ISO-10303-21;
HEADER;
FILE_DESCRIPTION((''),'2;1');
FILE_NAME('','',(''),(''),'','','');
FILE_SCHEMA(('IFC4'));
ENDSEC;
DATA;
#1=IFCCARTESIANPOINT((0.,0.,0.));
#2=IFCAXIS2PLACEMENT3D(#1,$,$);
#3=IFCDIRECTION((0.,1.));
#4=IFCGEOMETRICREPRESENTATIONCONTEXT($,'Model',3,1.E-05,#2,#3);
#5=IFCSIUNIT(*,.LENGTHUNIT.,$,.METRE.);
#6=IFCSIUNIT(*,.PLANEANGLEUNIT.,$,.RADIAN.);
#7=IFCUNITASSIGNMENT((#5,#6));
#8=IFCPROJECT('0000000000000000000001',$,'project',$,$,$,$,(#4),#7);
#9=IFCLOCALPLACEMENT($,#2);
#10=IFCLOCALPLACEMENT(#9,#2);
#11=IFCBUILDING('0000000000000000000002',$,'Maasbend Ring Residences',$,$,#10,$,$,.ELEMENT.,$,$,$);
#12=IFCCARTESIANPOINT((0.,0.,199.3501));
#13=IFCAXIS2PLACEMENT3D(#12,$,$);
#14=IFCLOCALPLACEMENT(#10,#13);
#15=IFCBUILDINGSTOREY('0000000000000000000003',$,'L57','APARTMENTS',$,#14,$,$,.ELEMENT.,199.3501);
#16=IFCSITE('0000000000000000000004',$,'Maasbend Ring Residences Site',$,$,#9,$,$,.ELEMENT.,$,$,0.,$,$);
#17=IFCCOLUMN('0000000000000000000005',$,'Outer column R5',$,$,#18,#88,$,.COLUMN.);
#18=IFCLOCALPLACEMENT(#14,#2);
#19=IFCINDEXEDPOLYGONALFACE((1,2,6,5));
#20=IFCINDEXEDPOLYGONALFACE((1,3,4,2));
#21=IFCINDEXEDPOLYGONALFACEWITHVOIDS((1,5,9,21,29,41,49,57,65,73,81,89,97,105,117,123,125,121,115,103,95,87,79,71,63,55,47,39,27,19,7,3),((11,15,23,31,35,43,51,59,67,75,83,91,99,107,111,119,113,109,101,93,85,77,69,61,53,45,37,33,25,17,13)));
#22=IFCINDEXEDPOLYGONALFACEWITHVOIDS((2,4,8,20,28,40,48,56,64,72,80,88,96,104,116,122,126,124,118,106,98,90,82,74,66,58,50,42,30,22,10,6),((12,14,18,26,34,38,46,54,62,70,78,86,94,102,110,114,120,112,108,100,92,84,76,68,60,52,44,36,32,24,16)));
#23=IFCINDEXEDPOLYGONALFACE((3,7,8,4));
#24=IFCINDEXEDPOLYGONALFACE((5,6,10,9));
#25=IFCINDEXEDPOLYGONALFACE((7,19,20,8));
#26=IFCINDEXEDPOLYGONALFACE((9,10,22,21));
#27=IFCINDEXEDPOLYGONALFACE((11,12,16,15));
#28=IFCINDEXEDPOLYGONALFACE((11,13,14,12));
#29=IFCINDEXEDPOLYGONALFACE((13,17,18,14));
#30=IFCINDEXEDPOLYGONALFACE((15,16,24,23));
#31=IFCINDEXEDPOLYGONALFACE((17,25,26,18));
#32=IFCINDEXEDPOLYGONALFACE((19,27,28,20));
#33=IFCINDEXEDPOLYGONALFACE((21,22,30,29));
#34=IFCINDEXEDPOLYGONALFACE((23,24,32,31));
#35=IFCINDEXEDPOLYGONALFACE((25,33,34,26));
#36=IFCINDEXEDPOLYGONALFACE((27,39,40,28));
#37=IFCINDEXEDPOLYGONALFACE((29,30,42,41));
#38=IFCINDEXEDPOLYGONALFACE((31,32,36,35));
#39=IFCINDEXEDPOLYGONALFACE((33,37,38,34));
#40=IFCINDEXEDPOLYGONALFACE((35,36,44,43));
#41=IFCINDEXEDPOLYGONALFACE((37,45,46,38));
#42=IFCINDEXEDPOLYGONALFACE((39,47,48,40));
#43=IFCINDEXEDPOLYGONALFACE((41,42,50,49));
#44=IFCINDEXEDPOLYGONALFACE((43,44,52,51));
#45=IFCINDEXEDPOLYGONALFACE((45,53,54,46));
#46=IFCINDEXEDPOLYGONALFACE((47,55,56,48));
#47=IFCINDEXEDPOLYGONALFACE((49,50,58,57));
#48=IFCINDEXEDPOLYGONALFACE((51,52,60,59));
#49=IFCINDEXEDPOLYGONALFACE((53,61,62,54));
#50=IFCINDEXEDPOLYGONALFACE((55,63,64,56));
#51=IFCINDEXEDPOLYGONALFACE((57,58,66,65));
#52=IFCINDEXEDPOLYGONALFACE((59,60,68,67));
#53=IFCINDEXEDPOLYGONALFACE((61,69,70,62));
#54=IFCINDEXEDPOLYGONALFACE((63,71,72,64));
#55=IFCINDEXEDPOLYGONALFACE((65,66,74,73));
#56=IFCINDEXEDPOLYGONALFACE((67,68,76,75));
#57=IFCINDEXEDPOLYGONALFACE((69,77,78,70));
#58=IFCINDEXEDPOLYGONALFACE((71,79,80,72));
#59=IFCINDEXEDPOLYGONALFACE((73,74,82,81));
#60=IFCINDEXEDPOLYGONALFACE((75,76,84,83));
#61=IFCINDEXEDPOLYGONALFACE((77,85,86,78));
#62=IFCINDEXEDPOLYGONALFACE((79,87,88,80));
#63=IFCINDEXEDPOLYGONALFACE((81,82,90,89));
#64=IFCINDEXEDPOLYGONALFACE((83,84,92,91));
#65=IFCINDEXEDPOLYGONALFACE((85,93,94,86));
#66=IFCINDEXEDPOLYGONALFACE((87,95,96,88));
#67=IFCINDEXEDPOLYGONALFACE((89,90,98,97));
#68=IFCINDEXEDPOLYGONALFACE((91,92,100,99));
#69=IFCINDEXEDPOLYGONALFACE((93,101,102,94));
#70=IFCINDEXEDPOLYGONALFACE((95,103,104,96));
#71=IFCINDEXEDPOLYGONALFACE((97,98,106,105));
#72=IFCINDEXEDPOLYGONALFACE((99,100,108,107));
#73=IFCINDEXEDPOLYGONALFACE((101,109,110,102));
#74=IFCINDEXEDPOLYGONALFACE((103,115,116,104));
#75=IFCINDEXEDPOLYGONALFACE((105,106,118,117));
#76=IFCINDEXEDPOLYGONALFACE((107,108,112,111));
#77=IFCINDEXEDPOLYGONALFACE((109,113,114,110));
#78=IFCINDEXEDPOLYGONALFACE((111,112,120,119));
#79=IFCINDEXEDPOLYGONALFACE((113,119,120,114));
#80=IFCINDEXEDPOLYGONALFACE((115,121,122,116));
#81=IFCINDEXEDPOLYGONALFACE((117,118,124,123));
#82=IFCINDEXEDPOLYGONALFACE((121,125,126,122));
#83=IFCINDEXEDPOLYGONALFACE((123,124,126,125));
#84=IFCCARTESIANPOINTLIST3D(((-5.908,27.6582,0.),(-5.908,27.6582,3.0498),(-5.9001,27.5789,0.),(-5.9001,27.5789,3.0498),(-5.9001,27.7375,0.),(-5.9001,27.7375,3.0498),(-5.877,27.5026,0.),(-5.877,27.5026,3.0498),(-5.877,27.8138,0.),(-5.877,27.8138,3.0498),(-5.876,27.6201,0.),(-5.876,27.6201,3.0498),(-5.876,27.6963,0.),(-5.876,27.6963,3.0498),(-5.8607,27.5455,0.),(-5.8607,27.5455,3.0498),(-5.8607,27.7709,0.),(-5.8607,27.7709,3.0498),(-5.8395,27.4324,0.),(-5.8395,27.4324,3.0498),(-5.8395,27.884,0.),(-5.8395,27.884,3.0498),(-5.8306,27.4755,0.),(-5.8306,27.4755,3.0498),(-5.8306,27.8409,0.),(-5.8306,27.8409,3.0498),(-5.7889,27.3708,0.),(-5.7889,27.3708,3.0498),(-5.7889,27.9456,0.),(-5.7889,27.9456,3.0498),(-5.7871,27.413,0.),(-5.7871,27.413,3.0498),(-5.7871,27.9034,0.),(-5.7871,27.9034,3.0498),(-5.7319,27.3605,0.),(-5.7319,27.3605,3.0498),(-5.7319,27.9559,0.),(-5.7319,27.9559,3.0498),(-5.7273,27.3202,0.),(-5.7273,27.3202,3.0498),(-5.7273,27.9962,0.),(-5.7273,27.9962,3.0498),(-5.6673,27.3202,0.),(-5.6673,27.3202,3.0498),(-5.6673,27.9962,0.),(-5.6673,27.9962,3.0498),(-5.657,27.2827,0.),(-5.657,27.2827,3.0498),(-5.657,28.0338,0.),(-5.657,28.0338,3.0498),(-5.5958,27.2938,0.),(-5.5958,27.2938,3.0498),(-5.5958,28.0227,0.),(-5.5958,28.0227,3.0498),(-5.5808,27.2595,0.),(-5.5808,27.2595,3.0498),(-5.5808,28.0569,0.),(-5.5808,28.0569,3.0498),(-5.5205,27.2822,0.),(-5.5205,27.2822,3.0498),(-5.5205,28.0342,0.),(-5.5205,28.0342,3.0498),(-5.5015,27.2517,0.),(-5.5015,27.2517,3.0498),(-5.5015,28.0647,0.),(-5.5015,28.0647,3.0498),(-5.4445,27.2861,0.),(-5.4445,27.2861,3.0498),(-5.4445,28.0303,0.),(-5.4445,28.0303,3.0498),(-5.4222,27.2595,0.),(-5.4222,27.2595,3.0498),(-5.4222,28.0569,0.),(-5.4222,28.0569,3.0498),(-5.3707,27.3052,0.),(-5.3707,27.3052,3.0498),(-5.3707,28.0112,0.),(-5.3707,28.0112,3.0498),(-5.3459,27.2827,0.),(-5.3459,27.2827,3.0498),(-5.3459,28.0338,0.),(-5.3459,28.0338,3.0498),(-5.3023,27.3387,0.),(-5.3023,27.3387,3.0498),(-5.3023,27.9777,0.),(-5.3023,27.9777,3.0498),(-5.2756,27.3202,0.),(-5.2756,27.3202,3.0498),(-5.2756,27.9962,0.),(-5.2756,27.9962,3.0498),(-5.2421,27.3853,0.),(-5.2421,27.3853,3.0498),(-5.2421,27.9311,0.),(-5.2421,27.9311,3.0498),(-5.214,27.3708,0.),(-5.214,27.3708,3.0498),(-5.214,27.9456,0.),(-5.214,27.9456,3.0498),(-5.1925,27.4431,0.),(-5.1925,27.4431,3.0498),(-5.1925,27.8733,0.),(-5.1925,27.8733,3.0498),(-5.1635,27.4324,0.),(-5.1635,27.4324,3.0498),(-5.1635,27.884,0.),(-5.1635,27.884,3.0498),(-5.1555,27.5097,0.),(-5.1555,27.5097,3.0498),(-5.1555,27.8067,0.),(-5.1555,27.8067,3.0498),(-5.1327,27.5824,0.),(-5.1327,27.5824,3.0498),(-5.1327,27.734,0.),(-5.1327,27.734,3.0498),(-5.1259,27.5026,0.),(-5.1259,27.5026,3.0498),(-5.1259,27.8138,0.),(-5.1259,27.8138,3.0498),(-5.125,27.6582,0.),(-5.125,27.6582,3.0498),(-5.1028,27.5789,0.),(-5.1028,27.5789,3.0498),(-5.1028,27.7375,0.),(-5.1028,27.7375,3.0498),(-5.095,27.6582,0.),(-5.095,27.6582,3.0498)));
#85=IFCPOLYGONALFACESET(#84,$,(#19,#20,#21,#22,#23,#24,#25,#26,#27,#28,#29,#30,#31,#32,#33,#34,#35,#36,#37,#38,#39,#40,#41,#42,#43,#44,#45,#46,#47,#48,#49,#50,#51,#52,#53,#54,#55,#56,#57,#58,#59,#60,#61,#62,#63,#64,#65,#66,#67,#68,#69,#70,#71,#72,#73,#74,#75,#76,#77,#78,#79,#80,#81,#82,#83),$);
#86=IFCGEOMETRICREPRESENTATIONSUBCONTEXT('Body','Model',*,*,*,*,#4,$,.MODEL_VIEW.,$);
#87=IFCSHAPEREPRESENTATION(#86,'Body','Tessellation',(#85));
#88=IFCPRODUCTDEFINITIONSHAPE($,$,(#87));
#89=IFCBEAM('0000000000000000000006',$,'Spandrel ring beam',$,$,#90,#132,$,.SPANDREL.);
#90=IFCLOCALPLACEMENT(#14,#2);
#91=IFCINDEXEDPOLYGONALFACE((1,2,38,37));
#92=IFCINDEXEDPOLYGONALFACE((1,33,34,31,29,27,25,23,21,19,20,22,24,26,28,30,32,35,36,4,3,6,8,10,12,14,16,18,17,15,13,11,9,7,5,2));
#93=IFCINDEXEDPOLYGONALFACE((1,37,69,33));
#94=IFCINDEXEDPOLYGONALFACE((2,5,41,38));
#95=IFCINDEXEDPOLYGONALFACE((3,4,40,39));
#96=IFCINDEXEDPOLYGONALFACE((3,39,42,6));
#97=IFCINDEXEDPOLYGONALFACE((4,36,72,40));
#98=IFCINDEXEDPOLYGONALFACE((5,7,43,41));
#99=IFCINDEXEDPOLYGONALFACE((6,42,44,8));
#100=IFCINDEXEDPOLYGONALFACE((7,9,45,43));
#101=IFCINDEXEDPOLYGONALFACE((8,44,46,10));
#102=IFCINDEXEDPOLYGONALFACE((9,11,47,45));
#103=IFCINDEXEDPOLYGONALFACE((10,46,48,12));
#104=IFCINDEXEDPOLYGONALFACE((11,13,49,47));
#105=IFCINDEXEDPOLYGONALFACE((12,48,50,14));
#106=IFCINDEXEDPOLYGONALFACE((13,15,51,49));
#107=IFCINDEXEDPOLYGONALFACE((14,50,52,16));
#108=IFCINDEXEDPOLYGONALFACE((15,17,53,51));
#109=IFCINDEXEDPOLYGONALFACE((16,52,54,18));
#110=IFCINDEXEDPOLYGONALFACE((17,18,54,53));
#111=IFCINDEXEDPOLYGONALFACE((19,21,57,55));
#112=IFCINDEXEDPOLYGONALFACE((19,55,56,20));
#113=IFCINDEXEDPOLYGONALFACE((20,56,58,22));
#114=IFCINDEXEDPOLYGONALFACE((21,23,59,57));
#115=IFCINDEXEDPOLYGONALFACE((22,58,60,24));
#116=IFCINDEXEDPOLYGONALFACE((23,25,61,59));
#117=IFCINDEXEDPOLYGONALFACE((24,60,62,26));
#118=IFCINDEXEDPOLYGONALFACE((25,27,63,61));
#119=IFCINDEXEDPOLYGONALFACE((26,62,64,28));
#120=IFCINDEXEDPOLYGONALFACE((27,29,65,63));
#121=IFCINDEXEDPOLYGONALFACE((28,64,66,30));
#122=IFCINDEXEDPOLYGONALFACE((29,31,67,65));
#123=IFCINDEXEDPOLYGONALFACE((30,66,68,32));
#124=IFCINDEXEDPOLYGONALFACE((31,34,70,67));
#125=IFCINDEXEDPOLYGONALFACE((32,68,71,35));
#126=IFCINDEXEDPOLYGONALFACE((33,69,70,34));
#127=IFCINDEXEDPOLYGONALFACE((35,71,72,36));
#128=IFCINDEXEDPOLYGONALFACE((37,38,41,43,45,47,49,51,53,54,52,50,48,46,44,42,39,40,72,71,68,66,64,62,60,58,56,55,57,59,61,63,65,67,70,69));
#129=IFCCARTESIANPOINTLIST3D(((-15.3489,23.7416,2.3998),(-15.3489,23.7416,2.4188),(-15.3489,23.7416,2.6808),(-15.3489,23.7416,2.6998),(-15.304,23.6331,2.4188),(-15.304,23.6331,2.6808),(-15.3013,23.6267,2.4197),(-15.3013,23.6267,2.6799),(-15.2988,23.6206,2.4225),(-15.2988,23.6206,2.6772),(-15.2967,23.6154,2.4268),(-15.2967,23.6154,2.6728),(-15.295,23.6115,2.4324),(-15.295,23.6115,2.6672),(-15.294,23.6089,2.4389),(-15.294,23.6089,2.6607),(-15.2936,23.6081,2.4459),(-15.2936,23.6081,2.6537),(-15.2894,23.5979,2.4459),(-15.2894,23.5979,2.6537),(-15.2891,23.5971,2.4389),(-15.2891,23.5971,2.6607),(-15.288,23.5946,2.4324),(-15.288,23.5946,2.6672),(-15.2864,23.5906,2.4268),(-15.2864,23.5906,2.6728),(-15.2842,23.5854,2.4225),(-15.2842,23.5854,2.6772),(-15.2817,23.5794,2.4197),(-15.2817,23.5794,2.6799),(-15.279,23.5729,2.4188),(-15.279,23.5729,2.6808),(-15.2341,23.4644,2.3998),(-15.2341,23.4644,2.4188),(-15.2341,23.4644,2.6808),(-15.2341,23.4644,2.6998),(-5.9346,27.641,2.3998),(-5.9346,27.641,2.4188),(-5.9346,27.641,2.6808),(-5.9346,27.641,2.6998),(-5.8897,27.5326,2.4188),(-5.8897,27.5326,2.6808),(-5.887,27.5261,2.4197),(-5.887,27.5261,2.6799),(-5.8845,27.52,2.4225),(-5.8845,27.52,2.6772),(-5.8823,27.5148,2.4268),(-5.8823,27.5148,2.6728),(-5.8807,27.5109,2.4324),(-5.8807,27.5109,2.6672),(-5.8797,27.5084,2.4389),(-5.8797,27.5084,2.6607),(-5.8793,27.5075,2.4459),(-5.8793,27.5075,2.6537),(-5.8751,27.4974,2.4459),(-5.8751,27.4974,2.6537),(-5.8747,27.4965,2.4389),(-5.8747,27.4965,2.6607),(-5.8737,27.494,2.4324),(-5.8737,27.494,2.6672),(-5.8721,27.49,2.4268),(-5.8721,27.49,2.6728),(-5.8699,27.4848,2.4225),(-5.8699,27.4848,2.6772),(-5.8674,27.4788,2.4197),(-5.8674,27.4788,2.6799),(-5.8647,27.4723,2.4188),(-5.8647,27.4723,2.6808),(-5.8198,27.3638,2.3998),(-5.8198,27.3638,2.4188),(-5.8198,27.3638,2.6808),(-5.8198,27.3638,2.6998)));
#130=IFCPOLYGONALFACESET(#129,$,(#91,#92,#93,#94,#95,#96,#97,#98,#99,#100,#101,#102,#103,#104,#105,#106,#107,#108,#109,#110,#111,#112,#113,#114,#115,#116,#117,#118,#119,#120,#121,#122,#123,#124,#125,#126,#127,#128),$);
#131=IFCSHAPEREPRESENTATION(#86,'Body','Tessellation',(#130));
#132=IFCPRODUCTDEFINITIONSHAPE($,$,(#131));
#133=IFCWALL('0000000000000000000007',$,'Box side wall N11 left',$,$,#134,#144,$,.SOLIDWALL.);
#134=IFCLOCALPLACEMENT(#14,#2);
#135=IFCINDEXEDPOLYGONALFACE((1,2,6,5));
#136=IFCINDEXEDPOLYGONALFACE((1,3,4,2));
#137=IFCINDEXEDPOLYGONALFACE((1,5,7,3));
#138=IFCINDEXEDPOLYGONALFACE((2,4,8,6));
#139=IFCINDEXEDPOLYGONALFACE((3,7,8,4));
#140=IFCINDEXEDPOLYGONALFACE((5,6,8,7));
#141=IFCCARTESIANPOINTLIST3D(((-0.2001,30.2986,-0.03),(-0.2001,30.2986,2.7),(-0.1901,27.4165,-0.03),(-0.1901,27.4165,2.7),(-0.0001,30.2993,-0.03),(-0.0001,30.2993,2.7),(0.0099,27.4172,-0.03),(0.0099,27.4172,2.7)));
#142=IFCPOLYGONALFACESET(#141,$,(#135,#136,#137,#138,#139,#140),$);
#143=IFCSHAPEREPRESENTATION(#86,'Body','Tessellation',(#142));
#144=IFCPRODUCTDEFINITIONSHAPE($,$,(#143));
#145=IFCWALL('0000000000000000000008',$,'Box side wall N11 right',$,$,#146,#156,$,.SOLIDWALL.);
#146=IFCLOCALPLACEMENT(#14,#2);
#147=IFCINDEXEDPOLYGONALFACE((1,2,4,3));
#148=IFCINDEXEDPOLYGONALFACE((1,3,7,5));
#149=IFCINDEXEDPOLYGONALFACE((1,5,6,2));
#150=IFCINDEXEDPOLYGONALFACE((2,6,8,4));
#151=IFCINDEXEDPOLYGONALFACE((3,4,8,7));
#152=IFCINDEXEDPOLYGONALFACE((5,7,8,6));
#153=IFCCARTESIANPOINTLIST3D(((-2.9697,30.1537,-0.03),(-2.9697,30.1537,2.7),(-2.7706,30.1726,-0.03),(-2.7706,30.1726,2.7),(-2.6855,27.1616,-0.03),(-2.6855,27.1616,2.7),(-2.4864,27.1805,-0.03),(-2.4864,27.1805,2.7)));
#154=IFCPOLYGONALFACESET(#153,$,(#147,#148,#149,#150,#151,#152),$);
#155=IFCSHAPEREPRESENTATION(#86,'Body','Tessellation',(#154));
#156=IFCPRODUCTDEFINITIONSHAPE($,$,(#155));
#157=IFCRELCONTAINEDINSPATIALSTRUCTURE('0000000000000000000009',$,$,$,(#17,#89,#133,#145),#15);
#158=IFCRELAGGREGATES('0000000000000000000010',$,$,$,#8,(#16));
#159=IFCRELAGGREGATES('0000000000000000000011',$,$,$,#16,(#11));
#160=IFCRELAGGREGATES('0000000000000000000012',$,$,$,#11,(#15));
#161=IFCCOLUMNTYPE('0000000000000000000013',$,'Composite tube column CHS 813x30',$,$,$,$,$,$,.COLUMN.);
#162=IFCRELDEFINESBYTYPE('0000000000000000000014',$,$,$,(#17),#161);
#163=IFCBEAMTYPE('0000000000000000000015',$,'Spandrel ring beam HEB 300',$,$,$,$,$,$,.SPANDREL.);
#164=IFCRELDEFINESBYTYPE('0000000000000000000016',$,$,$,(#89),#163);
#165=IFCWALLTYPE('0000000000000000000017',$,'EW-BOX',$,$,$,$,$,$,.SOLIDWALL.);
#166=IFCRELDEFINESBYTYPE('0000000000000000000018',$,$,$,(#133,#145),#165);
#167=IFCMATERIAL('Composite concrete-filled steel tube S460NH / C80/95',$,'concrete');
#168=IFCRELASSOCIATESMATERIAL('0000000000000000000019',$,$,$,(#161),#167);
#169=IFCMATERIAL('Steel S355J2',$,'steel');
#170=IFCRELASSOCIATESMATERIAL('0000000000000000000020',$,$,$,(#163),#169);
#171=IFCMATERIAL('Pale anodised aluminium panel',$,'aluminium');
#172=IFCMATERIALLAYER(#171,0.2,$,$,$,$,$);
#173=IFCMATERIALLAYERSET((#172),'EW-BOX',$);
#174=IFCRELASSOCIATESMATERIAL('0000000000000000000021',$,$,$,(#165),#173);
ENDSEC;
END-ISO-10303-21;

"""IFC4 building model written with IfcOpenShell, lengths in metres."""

from ifc_helpers import new_model, si_unit, direction, frame, frame_2d, origin, origin_2d, place, context, subcontext, project, spatial, rectangle, hollow_circle, i_section, extrude, material, layer, layer_set, material_profile, profile_set, type_object, element, save


model = new_model("IFC4")

# Units and contexts
model_context = context("Model", 3, precision=1e-05, world=origin(), true_north=direction((0.0, 1.0)))
body_context = subcontext(model_context, "Body", "Model", "MODEL_VIEW")
ifc_project = project(units=[si_unit("LENGTHUNIT", "METRE"), si_unit("PLANEANGLEUNIT", "RADIAN")], contexts=[model_context])

# Site, building, storey
site_placement = place(None, origin())
site = spatial("IfcSite", under=ifc_project, at=site_placement, Name="Maasbend Ring Residences Site", CompositionType="ELEMENT", RefElevation=0.0)
building_placement = place(site_placement, origin())
building = spatial("IfcBuilding", under=site, at=building_placement, Name="Maasbend Ring Residences", CompositionType="ELEMENT")
storey_placement = place(building_placement, frame((0.0, 0.0, 199.3501)))
storey = spatial("IfcBuildingStorey", under=building, at=storey_placement, Name="L57", Description="APARTMENTS", CompositionType="ELEMENT", Elevation=199.3501)

# Column
ifc_material_1 = material(Name="Composite concrete-filled steel tube S460NH / C80/95", Category="concrete")
ifc_material_profile_1 = material_profile(ifc_material_1, hollow_circle(Radius=0.4065, WallThickness=0.03, at=origin_2d()), Name="Composite tube column CHS 813x30")
ifc_profile_set_1 = profile_set([ifc_material_profile_1], Name="Composite concrete-filled steel tube S460NH / C80/95")
column_type = type_object("IfcColumnType", Name="Composite tube column CHS 813x30", PredefinedType="COLUMN", material=ifc_profile_set_1)
column_placement = place(storey_placement, frame((-5.5015, 27.6582, 0.0), z_axis=(0.0, 0.0, 1.0), x_axis=(1.0, 0.0, 0.0)))
element("IfcColumn", 1, at=column_placement, inside=storey, type_object=column_type, Name="Outer column R5", PredefinedType="COLUMN", context=body_context, shape_type="SweptSolid", body=[
    extrude(hollow_circle(Radius=0.4065, WallThickness=0.03, at=origin_2d()), origin(), (0.0, 0.0, 1.0), 3.0498),
])

# Beam
ifc_material_2 = material(Name="Steel S355J2", Category="steel")
ifc_material_profile_2 = material_profile(ifc_material_2, i_section(OverallWidth=0.3, OverallDepth=0.3, WebThickness=0.011, FlangeThickness=0.019, FilletRadius=0.0271, at=origin_2d()), Name="HEB 300")
ifc_profile_set_2 = profile_set([ifc_material_profile_2], Name="Steel S355J2")
beam_type = type_object("IfcBeamType", Name="Spandrel ring beam HEB 300", PredefinedType="SPANDREL", material=ifc_profile_set_2)
beam_placement = place(storey_placement, frame((-5.8772, 27.5024, 2.5498), z_axis=(-0.923884, -0.382673, 0.0), x_axis=(0.382673, -0.923884, 0.0)))
element("IfcBeam", 2, at=beam_placement, inside=storey, type_object=beam_type, Name="Spandrel ring beam", PredefinedType="SPANDREL", context=body_context, shape_type="SweptSolid", body=[
    extrude(i_section(OverallWidth=0.3, OverallDepth=0.3, WebThickness=0.011, FlangeThickness=0.019, FilletRadius=0.0271, at=origin_2d()), origin(), (0.0, 0.0, 1.0), 10.1899),
])

# Walls
ifc_material_3 = material(Name="Pale anodised aluminium panel", Category="aluminium")
ifc_layer_1 = layer(ifc_material_3, 0.2)
ifc_layer_set_1 = layer_set([ifc_layer_1], Name="EW-BOX")
wall_type_1 = type_object("IfcWallType", Name="EW-BOX", PredefinedType="SOLIDWALL", material=ifc_layer_set_1)
wall_1_placement = place(storey_placement, frame((-0.0901, 27.417, -0.03), z_axis=(0.0, 0.0, 1.0), x_axis=(-0.003473, 0.999994, 0.0)))
element("IfcWall", 3, at=wall_1_placement, inside=storey, type_object=wall_type_1, Name="Box side wall N11 left", PredefinedType="SOLIDWALL", context=body_context, shape_type="SweptSolid", body=[
    extrude(rectangle(XDim=2.8821, YDim=0.2, at=frame_2d((1.4409, 0.0))), origin(), (0.0, 0.0, 1.0), 2.73),
])
wall_2_placement = place(storey_placement, frame((-2.5859, 27.1709, -0.03), z_axis=(0.0, 0.0, 1.0), x_axis=(-0.094548, 0.99552, 0.0)))
element("IfcWall", 4, at=wall_2_placement, inside=storey, type_object=wall_type_1, Name="Box side wall N11 right", PredefinedType="SOLIDWALL", context=body_context, shape_type="SweptSolid", body=[
    extrude(rectangle(XDim=3.0056, YDim=0.2, at=frame_2d((1.5029, 0.0))), origin(), (0.0, 0.0, 1.0), 2.73),
])

save(model, "model.ifc")
